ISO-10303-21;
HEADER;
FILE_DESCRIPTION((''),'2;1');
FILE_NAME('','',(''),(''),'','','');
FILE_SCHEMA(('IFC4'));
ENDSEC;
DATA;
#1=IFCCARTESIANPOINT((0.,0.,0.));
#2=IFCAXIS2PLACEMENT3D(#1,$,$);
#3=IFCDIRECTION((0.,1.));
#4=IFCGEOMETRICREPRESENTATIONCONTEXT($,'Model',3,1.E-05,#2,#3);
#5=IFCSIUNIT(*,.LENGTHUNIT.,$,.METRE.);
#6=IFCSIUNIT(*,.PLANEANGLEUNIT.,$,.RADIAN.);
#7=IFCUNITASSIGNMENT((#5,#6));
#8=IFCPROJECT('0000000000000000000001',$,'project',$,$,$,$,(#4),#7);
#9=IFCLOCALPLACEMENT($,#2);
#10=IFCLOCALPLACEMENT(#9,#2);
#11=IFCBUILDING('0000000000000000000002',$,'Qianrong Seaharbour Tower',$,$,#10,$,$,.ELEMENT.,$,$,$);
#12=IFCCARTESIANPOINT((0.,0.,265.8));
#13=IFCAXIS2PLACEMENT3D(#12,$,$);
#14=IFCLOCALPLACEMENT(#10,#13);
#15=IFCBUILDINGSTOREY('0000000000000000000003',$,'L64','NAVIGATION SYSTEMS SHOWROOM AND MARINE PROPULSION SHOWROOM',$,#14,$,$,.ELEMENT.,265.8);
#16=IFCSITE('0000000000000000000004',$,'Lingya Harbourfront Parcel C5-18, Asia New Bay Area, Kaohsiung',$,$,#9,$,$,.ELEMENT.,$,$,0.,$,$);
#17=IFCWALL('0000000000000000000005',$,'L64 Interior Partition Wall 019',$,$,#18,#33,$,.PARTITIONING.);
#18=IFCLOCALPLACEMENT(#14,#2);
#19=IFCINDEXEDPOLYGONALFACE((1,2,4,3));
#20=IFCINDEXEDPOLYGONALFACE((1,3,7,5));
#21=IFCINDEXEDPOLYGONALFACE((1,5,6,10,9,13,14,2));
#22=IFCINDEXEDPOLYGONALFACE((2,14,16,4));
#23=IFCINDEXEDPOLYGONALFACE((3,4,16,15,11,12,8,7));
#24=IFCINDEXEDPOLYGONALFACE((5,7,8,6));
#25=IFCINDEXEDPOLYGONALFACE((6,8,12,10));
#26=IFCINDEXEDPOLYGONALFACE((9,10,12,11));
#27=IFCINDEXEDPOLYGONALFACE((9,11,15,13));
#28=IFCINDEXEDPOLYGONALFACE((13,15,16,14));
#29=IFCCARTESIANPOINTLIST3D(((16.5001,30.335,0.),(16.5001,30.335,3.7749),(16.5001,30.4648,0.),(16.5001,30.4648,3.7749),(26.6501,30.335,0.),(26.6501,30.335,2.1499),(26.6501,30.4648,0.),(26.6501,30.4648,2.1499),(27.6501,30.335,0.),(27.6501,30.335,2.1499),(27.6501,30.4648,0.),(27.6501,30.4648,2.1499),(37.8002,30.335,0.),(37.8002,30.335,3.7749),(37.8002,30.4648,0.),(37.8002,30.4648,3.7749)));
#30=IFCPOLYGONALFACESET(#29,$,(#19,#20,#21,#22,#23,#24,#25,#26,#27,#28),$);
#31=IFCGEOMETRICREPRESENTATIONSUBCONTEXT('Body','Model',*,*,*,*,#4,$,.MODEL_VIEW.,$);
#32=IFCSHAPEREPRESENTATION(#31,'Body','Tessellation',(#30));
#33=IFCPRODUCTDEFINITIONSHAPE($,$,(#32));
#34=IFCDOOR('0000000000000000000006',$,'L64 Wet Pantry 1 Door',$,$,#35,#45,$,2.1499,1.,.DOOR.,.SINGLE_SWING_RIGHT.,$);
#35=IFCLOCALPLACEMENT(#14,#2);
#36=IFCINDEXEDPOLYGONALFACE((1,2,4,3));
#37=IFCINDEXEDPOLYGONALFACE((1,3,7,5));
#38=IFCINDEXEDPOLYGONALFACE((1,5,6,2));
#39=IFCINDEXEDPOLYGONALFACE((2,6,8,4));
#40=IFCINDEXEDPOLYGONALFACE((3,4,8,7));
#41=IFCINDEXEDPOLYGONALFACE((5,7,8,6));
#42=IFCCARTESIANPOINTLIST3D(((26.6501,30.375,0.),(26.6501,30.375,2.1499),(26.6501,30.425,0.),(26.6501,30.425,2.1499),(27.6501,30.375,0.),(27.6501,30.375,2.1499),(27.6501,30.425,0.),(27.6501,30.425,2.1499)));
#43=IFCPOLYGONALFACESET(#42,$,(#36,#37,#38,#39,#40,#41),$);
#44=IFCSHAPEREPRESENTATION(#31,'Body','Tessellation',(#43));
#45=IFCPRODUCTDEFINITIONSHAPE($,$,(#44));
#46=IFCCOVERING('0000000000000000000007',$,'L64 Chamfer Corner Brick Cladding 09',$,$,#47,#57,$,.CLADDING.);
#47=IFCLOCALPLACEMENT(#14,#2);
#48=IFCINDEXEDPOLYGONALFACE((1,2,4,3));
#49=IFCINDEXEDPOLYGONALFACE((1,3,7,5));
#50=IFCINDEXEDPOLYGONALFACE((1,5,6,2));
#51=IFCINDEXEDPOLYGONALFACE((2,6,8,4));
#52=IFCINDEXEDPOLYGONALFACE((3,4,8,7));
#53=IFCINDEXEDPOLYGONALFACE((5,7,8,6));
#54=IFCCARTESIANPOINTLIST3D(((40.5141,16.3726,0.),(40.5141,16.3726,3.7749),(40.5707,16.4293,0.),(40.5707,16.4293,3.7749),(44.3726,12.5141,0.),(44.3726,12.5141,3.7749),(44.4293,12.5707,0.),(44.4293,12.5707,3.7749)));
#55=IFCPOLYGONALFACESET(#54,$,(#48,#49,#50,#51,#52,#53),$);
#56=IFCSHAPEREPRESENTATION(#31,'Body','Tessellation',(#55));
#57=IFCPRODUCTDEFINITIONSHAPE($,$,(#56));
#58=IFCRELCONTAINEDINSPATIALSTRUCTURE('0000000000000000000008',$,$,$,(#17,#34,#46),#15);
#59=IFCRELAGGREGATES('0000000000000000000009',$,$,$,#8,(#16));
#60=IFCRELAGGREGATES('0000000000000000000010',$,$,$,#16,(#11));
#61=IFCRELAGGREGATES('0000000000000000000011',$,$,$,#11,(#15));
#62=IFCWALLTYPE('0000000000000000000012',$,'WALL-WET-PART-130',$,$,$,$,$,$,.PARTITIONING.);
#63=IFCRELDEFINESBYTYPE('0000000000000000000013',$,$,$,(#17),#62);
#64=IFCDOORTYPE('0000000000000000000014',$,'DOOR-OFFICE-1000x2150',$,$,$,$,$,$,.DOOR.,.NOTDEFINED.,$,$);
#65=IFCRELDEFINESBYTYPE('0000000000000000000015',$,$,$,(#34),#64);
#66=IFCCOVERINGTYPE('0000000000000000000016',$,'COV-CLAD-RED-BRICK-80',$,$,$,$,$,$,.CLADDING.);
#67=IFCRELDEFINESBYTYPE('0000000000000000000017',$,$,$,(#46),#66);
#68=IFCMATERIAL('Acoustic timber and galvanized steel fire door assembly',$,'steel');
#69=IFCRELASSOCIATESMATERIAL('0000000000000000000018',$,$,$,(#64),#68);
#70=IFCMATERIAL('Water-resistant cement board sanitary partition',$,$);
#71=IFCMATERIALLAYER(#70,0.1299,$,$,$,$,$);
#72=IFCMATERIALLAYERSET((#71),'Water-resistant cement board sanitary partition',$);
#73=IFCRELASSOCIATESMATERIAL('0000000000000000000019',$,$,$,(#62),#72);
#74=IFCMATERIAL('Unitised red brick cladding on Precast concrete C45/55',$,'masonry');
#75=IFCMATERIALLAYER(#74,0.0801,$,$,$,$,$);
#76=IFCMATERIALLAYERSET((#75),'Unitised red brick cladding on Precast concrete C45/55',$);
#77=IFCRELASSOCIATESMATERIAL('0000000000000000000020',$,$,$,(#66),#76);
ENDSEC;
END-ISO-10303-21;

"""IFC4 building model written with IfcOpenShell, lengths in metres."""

from ifc_helpers import new_model, si_unit, direction, frame, frame_2d, origin, origin_2d, place, context, subcontext, project, spatial, rectangle, extrude, material, layer, layer_set, type_object, element, fill, save


model = new_model("IFC4")

# Units and contexts
model_context = context("Model", 3, precision=1e-05, world=origin(), true_north=direction((0.0, 1.0)))
body_context = subcontext(model_context, "Body", "Model", "MODEL_VIEW")
ifc_project = project(units=[si_unit("LENGTHUNIT", "METRE"), si_unit("PLANEANGLEUNIT", "RADIAN")], contexts=[model_context])

# Site, building, storey
site_placement = place(None, origin())
site = spatial("IfcSite", under=ifc_project, at=site_placement, Name="Lingya Harbourfront Parcel C5-18, Asia New Bay Area, Kaohsiung", CompositionType="ELEMENT", RefElevation=0.0)
building_placement = place(site_placement, origin())
building = spatial("IfcBuilding", under=site, at=building_placement, Name="Qianrong Seaharbour Tower", CompositionType="ELEMENT")
storey_placement = place(building_placement, frame((0.0, 0.0, 265.8)))
storey = spatial("IfcBuildingStorey", under=building, at=storey_placement, Name="L64", Description="NAVIGATION SYSTEMS SHOWROOM AND MARINE PROPULSION SHOWROOM", CompositionType="ELEMENT", Elevation=265.8)

# Shared definitions
ifc_material_1 = material(Name="Acoustic timber and galvanized steel fire door assembly", Category="steel")
door_type = type_object("IfcDoorType", Name="DOOR-OFFICE-1000x2150", OperationType="NOTDEFINED", PredefinedType="DOOR", material=ifc_material_1)

# Wall, opening, door
ifc_material_2 = material(Name="Water-resistant cement board sanitary partition")
ifc_layer_1 = layer(ifc_material_2, 0.1299)
ifc_layer_set_1 = layer_set([ifc_layer_1], Name="Water-resistant cement board sanitary partition")
wall_type_1 = type_object("IfcWallType", Name="WALL-WET-PART-130", PredefinedType="PARTITIONING", material=ifc_layer_set_1)
wall_1_placement = place(storey_placement, frame((37.8, 30.3999, 0.0), z_axis=(0.0, 0.0, 1.0), x_axis=(-1.0, 0.0, 0.0)))
wall_1 = element("IfcWall", 1, at=wall_1_placement, inside=storey, type_object=wall_type_1, Name="L64 Interior Partition Wall 019", PredefinedType="PARTITIONING", context=body_context, shape_type="SweptSolid", body=[
    extrude(rectangle(XDim=21.3, YDim=0.1299, at=frame_2d((10.6499, 0.0))), origin(), (0.0, 0.0, 1.0), 3.7749),
])
opening_1_placement = place(wall_1_placement, frame((10.1499, 0.0, 0.0)))
opening_1 = element("IfcOpeningElement", 2, at=opening_1_placement, cuts=wall_1, PredefinedType="OPENING", context=body_context, shape_type="SweptSolid", body=[
    extrude(rectangle(XDim=1.0, YDim=2.1499, at=frame_2d((0.5, 1.075))), frame((0.0, 0.075, 0.0), z_axis=(0.0, -1.0, 0.0), x_axis=(1.0, 0.0, 0.0)), (0.0, 0.0, 1.0), 0.1499),
])
door_1_placement = place(opening_1_placement, origin())
door_1 = element("IfcDoor", 3, at=door_1_placement, inside=storey, type_object=door_type, Name="L64 Wet Pantry 1 Door", OperationType="SINGLE_SWING_RIGHT", OverallHeight=2.1499, OverallWidth=1.0, PredefinedType="DOOR", context=body_context, shape_type="SweptSolid", body=[
    extrude(rectangle(XDim=1.0, YDim=2.1499, at=frame_2d((0.5, 1.075))), frame((0.0, 0.0249, 0.0), z_axis=(0.0, -1.0, 0.0), x_axis=(1.0, 0.0, 0.0)), (0.0, 0.0, 1.0), 0.05),
])
fill(opening_1, door_1)

# Covering
ifc_material_3 = material(Name="Unitised red brick cladding on Precast concrete C45/55", Category="masonry")
ifc_layer_2 = layer(ifc_material_3, 0.0801)
ifc_layer_set_2 = layer_set([ifc_layer_2], Name="Unitised red brick cladding on Precast concrete C45/55")
covering_type = type_object("IfcCoveringType", Name="COV-CLAD-RED-BRICK-80", PredefinedType="CLADDING", material=ifc_layer_set_2)
covering_placement = place(storey_placement, frame((42.4717, 14.4717, 0.0), z_axis=(0.0, 0.0, 1.0), x_axis=(-0.707107, 0.707107, 0.0)))
element("IfcCovering", 4, at=covering_placement, inside=storey, type_object=covering_type, Name="L64 Chamfer Corner Brick Cladding 09", PredefinedType="CLADDING", context=body_context, shape_type="SweptSolid", body=[
    extrude(rectangle(XDim=5.4568, YDim=0.0801, at=origin_2d()), origin(), (0.0, 0.0, 1.0), 3.7749),
])

save(model, "model.ifc")
